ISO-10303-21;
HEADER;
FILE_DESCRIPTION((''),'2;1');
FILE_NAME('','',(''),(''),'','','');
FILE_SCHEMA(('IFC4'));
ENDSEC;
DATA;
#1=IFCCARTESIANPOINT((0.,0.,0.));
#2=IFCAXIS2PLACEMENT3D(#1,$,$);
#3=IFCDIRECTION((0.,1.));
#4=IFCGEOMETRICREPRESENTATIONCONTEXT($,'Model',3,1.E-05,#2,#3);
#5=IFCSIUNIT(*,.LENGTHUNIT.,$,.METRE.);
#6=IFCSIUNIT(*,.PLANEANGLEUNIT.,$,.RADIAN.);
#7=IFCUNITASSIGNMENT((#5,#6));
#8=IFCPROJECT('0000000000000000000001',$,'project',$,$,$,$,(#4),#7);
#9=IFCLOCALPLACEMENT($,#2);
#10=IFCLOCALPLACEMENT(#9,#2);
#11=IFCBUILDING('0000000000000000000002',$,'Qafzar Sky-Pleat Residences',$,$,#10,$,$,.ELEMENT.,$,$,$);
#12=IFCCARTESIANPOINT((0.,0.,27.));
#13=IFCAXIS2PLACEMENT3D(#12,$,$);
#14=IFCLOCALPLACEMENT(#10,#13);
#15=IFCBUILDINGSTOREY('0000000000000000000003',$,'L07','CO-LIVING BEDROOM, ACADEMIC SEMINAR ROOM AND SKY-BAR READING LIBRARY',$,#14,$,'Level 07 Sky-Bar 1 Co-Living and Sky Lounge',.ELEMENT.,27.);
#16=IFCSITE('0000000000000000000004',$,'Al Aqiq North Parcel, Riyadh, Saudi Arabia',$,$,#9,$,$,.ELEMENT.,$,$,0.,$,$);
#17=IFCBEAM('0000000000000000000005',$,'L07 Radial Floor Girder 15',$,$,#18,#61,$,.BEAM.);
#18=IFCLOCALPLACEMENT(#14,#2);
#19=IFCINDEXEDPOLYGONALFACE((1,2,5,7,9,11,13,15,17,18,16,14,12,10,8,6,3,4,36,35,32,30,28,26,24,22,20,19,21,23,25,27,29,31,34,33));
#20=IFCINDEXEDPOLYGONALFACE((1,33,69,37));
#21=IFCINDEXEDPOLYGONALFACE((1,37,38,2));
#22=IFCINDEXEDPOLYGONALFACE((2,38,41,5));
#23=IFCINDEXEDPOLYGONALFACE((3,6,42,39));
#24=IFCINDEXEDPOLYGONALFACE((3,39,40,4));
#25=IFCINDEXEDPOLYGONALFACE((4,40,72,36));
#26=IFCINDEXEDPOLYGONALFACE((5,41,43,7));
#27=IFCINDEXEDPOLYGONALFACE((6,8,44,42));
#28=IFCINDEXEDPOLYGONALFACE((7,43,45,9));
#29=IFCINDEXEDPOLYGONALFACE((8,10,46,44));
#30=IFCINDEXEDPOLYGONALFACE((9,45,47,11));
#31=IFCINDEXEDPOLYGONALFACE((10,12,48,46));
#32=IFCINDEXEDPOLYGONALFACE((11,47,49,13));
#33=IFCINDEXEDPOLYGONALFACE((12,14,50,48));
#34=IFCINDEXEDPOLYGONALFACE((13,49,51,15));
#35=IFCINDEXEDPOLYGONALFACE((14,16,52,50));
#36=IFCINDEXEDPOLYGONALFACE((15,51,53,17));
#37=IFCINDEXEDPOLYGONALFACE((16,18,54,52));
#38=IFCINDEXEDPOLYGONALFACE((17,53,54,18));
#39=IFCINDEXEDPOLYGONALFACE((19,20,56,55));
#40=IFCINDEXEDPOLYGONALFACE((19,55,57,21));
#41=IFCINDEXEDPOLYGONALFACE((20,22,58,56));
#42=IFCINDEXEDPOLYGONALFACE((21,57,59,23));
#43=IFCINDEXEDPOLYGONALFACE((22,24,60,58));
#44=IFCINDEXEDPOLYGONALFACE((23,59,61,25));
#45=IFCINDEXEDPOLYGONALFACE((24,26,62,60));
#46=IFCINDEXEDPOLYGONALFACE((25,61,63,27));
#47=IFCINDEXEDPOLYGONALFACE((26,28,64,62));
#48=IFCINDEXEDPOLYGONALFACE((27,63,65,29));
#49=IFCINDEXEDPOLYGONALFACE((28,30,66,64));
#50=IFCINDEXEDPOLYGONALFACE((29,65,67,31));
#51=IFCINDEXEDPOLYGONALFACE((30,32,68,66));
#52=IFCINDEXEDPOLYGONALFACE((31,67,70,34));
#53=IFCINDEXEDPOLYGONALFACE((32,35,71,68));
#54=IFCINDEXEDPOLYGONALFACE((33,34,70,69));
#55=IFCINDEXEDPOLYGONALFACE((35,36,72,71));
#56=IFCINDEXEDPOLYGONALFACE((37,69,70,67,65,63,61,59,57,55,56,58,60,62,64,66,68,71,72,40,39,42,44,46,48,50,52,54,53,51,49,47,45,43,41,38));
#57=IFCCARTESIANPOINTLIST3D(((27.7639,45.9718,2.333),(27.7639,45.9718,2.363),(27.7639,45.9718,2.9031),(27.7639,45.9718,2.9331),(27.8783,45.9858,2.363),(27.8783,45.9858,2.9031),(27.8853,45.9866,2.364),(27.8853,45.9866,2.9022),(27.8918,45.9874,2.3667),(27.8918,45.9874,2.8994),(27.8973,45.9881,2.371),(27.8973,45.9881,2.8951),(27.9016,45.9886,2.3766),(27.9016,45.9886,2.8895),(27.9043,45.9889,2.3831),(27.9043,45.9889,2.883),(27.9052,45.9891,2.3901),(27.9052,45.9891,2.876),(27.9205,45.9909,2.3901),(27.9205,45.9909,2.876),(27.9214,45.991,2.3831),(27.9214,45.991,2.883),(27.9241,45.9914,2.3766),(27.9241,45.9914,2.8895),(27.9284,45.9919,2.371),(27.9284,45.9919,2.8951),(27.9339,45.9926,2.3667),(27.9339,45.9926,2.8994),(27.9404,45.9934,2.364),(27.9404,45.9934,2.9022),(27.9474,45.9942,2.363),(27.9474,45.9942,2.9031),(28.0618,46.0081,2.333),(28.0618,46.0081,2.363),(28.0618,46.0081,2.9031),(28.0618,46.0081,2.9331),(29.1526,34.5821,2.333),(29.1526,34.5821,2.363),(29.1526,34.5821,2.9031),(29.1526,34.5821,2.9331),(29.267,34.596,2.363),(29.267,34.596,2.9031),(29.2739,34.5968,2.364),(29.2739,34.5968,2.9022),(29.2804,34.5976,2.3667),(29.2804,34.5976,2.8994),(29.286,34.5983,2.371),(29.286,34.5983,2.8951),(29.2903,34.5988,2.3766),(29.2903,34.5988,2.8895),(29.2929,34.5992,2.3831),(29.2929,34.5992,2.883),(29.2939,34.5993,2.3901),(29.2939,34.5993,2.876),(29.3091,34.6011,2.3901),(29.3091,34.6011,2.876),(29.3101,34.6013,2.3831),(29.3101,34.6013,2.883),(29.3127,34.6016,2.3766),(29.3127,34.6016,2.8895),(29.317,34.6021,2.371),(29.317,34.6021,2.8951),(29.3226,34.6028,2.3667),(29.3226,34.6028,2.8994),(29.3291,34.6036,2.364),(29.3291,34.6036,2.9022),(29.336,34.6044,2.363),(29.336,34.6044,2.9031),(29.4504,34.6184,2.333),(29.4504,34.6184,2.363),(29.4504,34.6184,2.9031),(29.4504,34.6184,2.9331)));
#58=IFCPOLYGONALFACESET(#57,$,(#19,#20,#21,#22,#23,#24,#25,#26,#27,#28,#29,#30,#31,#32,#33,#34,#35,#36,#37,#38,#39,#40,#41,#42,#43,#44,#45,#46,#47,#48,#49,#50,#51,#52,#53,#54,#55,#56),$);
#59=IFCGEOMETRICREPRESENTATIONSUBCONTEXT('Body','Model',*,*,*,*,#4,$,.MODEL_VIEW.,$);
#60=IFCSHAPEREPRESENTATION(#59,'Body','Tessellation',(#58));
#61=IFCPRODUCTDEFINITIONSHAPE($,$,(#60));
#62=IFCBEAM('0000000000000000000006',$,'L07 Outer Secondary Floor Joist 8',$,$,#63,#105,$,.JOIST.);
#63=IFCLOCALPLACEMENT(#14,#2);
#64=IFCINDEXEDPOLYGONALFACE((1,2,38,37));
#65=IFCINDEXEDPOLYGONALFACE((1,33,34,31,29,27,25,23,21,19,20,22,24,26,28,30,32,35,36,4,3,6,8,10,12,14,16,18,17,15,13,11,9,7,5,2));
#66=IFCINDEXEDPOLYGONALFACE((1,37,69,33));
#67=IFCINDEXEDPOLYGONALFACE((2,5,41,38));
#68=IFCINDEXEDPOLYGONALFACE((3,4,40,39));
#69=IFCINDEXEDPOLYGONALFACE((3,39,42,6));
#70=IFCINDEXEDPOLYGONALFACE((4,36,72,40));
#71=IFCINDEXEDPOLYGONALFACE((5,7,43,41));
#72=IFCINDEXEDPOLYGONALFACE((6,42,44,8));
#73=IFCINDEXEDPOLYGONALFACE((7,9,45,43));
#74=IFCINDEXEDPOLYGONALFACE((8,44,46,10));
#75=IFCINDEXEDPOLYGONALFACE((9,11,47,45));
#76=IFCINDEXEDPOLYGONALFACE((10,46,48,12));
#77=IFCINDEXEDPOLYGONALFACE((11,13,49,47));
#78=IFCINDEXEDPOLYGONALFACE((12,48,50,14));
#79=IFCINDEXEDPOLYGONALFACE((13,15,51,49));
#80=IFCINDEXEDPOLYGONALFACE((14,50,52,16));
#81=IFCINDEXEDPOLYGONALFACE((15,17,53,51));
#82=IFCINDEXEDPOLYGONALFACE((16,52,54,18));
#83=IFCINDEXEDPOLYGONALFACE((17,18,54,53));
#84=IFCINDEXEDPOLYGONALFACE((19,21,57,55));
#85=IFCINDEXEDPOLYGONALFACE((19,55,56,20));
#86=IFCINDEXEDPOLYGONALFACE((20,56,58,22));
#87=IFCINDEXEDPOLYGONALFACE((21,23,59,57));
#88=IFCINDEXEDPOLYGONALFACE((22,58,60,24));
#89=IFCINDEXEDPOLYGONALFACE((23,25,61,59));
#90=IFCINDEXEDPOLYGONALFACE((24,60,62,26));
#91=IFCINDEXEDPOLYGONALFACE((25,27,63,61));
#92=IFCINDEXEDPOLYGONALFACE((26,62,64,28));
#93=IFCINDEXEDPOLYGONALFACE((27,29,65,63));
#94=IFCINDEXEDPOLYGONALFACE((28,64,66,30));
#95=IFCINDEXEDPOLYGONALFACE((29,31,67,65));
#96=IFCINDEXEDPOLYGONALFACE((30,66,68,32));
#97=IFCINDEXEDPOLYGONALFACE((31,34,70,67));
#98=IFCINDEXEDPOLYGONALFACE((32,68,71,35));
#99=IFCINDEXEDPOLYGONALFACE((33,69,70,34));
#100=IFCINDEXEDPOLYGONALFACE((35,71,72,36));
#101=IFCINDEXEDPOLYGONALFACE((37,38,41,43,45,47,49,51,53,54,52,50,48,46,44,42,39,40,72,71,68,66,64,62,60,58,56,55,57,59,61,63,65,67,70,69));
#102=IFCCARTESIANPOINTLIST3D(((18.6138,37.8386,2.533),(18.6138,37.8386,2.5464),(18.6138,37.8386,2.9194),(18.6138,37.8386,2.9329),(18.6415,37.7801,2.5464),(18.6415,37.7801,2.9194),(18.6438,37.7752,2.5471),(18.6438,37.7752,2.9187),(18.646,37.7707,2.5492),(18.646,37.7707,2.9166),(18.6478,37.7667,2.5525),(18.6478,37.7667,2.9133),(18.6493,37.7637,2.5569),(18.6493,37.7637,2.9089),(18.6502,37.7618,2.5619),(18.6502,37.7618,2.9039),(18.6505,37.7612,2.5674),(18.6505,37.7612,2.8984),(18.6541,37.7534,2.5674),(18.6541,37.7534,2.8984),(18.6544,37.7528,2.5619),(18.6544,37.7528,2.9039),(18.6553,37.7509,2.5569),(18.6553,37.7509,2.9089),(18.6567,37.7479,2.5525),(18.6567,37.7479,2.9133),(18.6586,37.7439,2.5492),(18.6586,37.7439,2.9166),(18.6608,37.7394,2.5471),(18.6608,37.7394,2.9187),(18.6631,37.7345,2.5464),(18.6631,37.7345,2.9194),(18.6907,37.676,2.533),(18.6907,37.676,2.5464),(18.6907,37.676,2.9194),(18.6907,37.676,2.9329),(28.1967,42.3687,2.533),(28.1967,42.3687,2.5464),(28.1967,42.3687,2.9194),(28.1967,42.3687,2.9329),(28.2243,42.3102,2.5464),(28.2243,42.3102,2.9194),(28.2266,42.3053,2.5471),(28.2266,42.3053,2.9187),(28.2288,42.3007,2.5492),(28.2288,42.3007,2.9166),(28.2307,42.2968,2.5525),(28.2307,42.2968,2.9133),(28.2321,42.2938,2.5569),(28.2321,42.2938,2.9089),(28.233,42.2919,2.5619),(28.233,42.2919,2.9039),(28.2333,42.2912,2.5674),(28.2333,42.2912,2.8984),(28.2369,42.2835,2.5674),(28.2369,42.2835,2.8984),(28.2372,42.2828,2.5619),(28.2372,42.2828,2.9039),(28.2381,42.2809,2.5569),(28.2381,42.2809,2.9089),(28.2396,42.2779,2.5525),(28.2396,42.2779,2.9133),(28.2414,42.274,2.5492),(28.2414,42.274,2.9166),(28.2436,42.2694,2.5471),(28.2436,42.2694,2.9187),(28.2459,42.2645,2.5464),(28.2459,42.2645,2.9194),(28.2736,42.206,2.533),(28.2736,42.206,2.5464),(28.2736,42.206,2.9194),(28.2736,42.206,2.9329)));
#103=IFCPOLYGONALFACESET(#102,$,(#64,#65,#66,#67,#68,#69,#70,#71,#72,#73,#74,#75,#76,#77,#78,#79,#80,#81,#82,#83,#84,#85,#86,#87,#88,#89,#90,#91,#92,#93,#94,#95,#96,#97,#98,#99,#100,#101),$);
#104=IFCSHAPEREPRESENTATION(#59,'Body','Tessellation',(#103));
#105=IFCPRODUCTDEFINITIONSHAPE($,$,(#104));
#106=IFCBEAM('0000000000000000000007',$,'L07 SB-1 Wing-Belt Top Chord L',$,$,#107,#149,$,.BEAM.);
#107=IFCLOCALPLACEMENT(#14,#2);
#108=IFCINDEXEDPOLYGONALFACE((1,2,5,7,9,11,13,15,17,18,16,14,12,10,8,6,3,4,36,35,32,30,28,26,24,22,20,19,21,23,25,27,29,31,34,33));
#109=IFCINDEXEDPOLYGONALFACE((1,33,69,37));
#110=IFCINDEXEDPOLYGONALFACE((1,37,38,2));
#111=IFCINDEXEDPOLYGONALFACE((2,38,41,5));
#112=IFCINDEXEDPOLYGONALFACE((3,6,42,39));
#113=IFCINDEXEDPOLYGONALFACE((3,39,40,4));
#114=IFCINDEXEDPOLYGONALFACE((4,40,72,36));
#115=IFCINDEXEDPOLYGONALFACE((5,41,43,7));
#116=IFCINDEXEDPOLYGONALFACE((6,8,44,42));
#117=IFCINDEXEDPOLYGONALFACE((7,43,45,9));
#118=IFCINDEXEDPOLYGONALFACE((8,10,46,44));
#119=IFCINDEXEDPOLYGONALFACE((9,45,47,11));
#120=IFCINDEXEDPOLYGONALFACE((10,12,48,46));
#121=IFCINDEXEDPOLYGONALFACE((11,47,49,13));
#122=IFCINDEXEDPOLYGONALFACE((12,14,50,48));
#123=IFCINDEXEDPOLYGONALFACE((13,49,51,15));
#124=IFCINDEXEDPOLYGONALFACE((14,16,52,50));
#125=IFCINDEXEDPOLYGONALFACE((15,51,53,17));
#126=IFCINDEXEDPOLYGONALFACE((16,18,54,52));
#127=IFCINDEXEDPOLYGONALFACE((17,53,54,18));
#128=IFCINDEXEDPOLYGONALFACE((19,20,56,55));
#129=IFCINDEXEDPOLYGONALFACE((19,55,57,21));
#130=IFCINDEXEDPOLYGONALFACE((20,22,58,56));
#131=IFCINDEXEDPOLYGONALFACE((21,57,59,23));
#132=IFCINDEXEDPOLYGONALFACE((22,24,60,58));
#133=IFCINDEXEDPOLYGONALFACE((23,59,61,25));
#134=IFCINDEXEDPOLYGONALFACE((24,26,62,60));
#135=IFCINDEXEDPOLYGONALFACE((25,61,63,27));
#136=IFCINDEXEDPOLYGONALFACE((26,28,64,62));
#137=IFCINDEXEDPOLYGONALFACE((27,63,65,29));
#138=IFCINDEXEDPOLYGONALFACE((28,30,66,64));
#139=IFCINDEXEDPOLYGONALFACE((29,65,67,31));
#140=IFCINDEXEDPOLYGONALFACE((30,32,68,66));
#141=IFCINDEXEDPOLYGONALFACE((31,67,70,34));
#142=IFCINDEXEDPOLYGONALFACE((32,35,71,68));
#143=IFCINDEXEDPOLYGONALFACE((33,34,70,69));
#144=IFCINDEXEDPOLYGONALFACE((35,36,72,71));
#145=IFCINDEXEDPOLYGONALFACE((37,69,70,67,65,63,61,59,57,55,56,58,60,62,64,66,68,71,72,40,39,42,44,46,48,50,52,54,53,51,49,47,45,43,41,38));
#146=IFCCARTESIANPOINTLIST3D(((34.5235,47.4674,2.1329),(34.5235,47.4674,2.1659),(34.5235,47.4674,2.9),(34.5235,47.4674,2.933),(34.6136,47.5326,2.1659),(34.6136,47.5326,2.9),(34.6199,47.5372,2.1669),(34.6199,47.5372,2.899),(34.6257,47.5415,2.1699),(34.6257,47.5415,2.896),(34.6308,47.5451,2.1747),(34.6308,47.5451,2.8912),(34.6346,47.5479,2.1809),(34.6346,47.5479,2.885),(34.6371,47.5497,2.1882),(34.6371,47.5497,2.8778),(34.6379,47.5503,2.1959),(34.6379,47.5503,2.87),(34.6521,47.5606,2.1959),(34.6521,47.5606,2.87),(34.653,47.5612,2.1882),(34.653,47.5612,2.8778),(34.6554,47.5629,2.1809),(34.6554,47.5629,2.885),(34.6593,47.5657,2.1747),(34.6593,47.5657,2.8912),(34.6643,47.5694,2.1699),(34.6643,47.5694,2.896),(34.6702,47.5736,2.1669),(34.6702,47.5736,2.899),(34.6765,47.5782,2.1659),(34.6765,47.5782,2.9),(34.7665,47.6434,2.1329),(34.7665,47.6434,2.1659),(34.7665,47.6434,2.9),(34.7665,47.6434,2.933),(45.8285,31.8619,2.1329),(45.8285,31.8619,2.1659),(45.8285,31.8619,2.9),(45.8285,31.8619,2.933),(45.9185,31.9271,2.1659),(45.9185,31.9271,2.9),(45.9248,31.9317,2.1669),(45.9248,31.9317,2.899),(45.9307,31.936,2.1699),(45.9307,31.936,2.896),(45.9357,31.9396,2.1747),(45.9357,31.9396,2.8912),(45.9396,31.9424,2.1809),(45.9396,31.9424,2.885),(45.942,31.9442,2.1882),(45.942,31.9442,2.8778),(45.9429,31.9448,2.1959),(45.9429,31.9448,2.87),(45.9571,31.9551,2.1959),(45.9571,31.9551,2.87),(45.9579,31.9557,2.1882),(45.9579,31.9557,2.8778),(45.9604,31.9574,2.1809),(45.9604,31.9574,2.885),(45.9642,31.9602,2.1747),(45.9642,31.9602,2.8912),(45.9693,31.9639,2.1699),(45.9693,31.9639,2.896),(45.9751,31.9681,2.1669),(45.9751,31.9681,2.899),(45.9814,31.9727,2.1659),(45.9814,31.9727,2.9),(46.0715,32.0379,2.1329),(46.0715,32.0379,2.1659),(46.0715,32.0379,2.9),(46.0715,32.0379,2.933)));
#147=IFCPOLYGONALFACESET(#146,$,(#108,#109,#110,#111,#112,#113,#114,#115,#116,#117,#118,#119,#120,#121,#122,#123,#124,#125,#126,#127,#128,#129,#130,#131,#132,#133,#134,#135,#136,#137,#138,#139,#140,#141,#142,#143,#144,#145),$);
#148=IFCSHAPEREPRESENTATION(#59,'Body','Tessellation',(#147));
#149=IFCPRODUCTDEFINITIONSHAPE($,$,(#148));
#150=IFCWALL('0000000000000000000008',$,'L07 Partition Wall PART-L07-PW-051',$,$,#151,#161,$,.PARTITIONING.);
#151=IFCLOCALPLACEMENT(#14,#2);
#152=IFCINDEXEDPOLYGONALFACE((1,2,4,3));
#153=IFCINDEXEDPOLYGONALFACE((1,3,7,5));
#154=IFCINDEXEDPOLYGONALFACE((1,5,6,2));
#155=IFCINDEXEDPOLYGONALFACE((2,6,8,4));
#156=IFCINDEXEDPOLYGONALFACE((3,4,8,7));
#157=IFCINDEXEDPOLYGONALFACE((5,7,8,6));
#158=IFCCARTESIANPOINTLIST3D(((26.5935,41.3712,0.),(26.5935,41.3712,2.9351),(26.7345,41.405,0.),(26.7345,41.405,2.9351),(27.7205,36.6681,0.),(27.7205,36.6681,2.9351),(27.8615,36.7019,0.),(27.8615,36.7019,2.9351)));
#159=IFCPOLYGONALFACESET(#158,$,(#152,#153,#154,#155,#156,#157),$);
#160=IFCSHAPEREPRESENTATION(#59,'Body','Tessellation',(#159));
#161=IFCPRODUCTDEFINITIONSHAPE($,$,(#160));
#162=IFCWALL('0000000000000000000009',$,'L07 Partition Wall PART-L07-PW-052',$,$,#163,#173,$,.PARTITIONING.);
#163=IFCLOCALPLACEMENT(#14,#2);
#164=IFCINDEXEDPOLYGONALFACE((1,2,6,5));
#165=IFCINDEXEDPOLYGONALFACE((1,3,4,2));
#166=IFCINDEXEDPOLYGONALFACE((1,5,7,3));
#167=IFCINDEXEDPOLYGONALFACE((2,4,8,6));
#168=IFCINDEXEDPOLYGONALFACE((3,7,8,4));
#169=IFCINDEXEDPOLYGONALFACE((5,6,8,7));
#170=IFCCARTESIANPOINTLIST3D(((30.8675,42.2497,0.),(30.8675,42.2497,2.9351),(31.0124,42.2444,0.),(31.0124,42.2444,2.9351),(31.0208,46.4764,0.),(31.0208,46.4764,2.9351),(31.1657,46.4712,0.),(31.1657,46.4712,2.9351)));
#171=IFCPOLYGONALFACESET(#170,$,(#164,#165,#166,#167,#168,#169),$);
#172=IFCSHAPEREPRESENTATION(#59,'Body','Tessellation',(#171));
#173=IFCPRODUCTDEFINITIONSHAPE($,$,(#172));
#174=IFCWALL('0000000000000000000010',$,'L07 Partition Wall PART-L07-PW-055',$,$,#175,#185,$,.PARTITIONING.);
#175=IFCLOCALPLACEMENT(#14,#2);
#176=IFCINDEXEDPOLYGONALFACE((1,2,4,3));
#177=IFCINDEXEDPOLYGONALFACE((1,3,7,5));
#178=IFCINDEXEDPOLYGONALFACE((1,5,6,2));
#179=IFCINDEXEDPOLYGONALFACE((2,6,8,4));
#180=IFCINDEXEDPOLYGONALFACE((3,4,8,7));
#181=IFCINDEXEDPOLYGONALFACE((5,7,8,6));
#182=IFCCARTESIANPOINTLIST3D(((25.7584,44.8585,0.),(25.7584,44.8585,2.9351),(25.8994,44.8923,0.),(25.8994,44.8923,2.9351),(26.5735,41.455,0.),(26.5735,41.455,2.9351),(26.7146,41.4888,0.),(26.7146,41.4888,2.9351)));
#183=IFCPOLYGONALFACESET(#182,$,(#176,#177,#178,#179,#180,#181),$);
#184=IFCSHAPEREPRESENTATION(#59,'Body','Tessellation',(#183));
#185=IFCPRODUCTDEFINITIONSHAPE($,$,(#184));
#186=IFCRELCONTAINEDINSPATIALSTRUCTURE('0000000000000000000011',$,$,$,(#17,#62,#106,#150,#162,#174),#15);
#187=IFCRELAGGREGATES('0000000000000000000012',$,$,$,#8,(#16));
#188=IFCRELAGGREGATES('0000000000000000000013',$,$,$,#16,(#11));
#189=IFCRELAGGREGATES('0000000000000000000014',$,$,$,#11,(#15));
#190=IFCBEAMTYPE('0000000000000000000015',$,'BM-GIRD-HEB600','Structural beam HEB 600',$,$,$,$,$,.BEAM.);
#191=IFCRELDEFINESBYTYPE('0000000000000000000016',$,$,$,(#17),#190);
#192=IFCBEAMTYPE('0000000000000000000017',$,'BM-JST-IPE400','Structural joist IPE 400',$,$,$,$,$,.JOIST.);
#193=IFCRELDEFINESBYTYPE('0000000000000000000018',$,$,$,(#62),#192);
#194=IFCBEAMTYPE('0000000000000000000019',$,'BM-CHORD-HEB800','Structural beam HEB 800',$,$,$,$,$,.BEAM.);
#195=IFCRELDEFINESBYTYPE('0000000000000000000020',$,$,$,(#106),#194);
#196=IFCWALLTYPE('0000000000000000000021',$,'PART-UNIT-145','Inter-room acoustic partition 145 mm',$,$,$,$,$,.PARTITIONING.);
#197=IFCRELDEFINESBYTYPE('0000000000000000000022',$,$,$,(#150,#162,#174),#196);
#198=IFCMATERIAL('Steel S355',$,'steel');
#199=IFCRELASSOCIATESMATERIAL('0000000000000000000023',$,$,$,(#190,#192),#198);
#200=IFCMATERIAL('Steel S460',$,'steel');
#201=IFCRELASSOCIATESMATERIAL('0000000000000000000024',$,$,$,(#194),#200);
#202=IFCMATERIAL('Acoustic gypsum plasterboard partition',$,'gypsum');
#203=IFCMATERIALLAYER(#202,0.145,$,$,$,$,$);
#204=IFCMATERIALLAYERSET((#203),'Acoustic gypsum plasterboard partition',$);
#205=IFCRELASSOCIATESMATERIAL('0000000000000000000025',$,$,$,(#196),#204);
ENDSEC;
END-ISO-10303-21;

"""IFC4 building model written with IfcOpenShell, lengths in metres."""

from ifc_helpers import new_model, si_unit, direction, frame, frame_2d, origin, origin_2d, place, context, subcontext, project, spatial, rectangle, i_section, extrude, source, transform, mapped, material, layer, layer_set, material_profile, profile_set, type_object, element, save


model = new_model("IFC4")

# Units and contexts
model_context = context("Model", 3, precision=1e-05, world=origin(), true_north=direction((0.0, 1.0)))
body_context = subcontext(model_context, "Body", "Model", "MODEL_VIEW")
ifc_project = project(units=[si_unit("LENGTHUNIT", "METRE"), si_unit("PLANEANGLEUNIT", "RADIAN")], contexts=[model_context])

# Site, building, storey
site_placement = place(None, origin())
site = spatial("IfcSite", under=ifc_project, at=site_placement, Name="Al Aqiq North Parcel, Riyadh, Saudi Arabia", CompositionType="ELEMENT", RefElevation=0.0)
building_placement = place(site_placement, origin())
building = spatial("IfcBuilding", under=site, at=building_placement, Name="Qafzar Sky-Pleat Residences", CompositionType="ELEMENT")
storey_placement = place(building_placement, frame((0.0, 0.0, 27.0)))
storey = spatial("IfcBuildingStorey", under=building, at=storey_placement, Name="L07", Description="CO-LIVING BEDROOM, ACADEMIC SEMINAR ROOM AND SKY-BAR READING LIBRARY", LongName="Level 07 Sky-Bar 1 Co-Living and Sky Lounge", CompositionType="ELEMENT", Elevation=27.0)

# Shared definitions
ifc_material_1 = material(Name="Steel S460", Category="steel")

# Beams
ifc_material_2 = material(Name="Steel S355", Category="steel")
ifc_material_profile_1 = material_profile(ifc_material_2, i_section(OverallWidth=0.3, OverallDepth=0.6001, WebThickness=0.0154, FlangeThickness=0.03, FilletRadius=0.0271, at=origin_2d()), Name="HEB 600")
ifc_profile_set_1 = profile_set([ifc_material_profile_1], Name="Steel S355")
beam_type_1 = type_object("IfcBeamType", Name="BM-GIRD-HEB600", Description="Structural beam HEB 600", PredefinedType="BEAM", material=ifc_profile_set_1)
shared_shape_1 = source(origin(), body_context, "Body", "SweptSolid", [
    extrude(i_section(OverallWidth=0.3, OverallDepth=0.6001, WebThickness=0.0154, FlangeThickness=0.03, FilletRadius=0.0271, at=origin_2d()), origin(), (0.0, 0.0, 1.0), 11.4741),
])
beam_1_placement = place(storey_placement, frame((27.9128, 45.99, 2.6331), z_axis=(0.121025, -0.992649, 0.0), x_axis=(0.992649, 0.121025, 0.0)))
element("IfcBeam", 1, at=beam_1_placement, inside=storey, type_object=beam_type_1, Name="L07 Radial Floor Girder 15", PredefinedType="BEAM", context=body_context, shape_type="MappedRepresentation", body=[
    mapped(shared_shape_1, transform((0.0, 0.0, 0.0), x_axis=(1.0, 0.0, 0.0), y_axis=(0.0, 1.0, 0.0), z_axis=(0.0, 0.0, 1.0), scale=1.0)),
])
ifc_material_profile_2 = material_profile(ifc_material_2, i_section(OverallWidth=0.1799, OverallDepth=0.3999, WebThickness=0.0085, FlangeThickness=0.0134, FilletRadius=0.021, at=origin_2d()), Name="IPE 400")
ifc_profile_set_2 = profile_set([ifc_material_profile_2], Name="Steel S355")
beam_type_2 = type_object("IfcBeamType", Name="BM-JST-IPE400", Description="Structural joist IPE 400", PredefinedType="JOIST", material=ifc_profile_set_2)
shared_shape_2 = source(origin(), body_context, "Body", "SweptSolid", [
    extrude(i_section(OverallWidth=0.1799, OverallDepth=0.3999, WebThickness=0.0085, FlangeThickness=0.0134, FilletRadius=0.021, at=origin_2d()), origin(), (0.0, 0.0, 1.0), 10.5996),
])
beam_2_placement = place(storey_placement, frame((28.2351, 42.2874, 2.7329), z_axis=(-0.904072, -0.427379, 0.0), x_axis=(0.427379, -0.904072, 0.0)))
element("IfcBeam", 2, at=beam_2_placement, inside=storey, type_object=beam_type_2, Name="L07 Outer Secondary Floor Joist 8", PredefinedType="JOIST", context=body_context, shape_type="MappedRepresentation", body=[
    mapped(shared_shape_2, transform((0.0, 0.0, 0.0), x_axis=(1.0, 0.0, 0.0), y_axis=(0.0, 1.0, 0.0), z_axis=(0.0, 0.0, 1.0), scale=1.0)),
])
ifc_material_profile_3 = material_profile(ifc_material_1, i_section(OverallWidth=0.3, OverallDepth=0.8, WebThickness=0.0176, FlangeThickness=0.033, FilletRadius=0.03, at=origin_2d()), Name="HEB 800")
ifc_profile_set_3 = profile_set([ifc_material_profile_3], Name="Steel S460")
beam_type_3 = type_object("IfcBeamType", Name="BM-CHORD-HEB800", Description="Structural beam HEB 800", PredefinedType="BEAM", material=ifc_profile_set_3)
shared_shape_3 = source(origin(), body_context, "Body", "SweptSolid", [
    extrude(i_section(OverallWidth=0.3, OverallDepth=0.8, WebThickness=0.0176, FlangeThickness=0.033, FilletRadius=0.03, at=origin_2d()), origin(), (0.0, 0.0, 1.0), 19.27),
])
beam_3_placement = place(storey_placement, frame((34.645, 47.5554, 2.533), z_axis=(0.58666, -0.809833, 0.0), x_axis=(0.809833, 0.58666, 0.0)))
element("IfcBeam", 3, at=beam_3_placement, inside=storey, type_object=beam_type_3, Name="L07 SB-1 Wing-Belt Top Chord L", PredefinedType="BEAM", context=body_context, shape_type="MappedRepresentation", body=[
    mapped(shared_shape_3, transform((0.0, 0.0, 0.0), x_axis=(1.0, 0.0, 0.0), y_axis=(0.0, 1.0, 0.0), z_axis=(0.0, 0.0, 1.0), scale=1.0)),
])

# Walls
ifc_material_3 = material(Name="Acoustic gypsum plasterboard partition", Category="gypsum")
ifc_layer_1 = layer(ifc_material_3, 0.145)
ifc_layer_set_1 = layer_set([ifc_layer_1], Name="Acoustic gypsum plasterboard partition")
wall_type_1 = type_object("IfcWallType", Name="PART-UNIT-145", Description="Inter-room acoustic partition 145 mm", PredefinedType="PARTITIONING", material=ifc_layer_set_1)
wall_1_placement = place(storey_placement, frame((26.6641, 41.3879, 0.0), z_axis=(0.0, 0.0, 1.0), x_axis=(0.233022, -0.972472, 0.0)))
element("IfcWall", 4, at=wall_1_placement, inside=storey, type_object=wall_type_1, Name="L07 Partition Wall PART-L07-PW-051", PredefinedType="PARTITIONING", context=body_context, shape_type="SweptSolid", body=[
    extrude(rectangle(XDim=4.8362, YDim=0.145, at=frame_2d((2.418, 0.0))), origin(), (0.0, 0.0, 1.0), 2.9351),
])
wall_2_placement = place(storey_placement, frame((30.9399, 42.2471, 0.0), z_axis=(0.0, 0.0, 1.0), x_axis=(0.036249, 0.999343, 0.0)))
element("IfcWall", 5, at=wall_2_placement, inside=storey, type_object=wall_type_1, Name="L07 Partition Wall PART-L07-PW-052", PredefinedType="PARTITIONING", context=body_context, shape_type="SweptSolid", body=[
    extrude(rectangle(XDim=4.2295, YDim=0.145, at=frame_2d((2.1147, 0.0))), origin(), (0.0, 0.0, 1.0), 2.9351),
])
wall_3_placement = place(storey_placement, frame((25.8289, 44.8755, 0.0), z_axis=(0.0, 0.0, 1.0), x_axis=(0.232922, -0.972495, 0.0)))
element("IfcWall", 6, at=wall_3_placement, inside=storey, type_object=wall_type_1, Name="L07 Partition Wall PART-L07-PW-055", PredefinedType="PARTITIONING", context=body_context, shape_type="SweptSolid", body=[
    extrude(rectangle(XDim=3.4998, YDim=0.145, at=frame_2d((1.75, 0.0))), origin(), (0.0, 0.0, 1.0), 2.9351),
])

save(model, "model.ifc")
